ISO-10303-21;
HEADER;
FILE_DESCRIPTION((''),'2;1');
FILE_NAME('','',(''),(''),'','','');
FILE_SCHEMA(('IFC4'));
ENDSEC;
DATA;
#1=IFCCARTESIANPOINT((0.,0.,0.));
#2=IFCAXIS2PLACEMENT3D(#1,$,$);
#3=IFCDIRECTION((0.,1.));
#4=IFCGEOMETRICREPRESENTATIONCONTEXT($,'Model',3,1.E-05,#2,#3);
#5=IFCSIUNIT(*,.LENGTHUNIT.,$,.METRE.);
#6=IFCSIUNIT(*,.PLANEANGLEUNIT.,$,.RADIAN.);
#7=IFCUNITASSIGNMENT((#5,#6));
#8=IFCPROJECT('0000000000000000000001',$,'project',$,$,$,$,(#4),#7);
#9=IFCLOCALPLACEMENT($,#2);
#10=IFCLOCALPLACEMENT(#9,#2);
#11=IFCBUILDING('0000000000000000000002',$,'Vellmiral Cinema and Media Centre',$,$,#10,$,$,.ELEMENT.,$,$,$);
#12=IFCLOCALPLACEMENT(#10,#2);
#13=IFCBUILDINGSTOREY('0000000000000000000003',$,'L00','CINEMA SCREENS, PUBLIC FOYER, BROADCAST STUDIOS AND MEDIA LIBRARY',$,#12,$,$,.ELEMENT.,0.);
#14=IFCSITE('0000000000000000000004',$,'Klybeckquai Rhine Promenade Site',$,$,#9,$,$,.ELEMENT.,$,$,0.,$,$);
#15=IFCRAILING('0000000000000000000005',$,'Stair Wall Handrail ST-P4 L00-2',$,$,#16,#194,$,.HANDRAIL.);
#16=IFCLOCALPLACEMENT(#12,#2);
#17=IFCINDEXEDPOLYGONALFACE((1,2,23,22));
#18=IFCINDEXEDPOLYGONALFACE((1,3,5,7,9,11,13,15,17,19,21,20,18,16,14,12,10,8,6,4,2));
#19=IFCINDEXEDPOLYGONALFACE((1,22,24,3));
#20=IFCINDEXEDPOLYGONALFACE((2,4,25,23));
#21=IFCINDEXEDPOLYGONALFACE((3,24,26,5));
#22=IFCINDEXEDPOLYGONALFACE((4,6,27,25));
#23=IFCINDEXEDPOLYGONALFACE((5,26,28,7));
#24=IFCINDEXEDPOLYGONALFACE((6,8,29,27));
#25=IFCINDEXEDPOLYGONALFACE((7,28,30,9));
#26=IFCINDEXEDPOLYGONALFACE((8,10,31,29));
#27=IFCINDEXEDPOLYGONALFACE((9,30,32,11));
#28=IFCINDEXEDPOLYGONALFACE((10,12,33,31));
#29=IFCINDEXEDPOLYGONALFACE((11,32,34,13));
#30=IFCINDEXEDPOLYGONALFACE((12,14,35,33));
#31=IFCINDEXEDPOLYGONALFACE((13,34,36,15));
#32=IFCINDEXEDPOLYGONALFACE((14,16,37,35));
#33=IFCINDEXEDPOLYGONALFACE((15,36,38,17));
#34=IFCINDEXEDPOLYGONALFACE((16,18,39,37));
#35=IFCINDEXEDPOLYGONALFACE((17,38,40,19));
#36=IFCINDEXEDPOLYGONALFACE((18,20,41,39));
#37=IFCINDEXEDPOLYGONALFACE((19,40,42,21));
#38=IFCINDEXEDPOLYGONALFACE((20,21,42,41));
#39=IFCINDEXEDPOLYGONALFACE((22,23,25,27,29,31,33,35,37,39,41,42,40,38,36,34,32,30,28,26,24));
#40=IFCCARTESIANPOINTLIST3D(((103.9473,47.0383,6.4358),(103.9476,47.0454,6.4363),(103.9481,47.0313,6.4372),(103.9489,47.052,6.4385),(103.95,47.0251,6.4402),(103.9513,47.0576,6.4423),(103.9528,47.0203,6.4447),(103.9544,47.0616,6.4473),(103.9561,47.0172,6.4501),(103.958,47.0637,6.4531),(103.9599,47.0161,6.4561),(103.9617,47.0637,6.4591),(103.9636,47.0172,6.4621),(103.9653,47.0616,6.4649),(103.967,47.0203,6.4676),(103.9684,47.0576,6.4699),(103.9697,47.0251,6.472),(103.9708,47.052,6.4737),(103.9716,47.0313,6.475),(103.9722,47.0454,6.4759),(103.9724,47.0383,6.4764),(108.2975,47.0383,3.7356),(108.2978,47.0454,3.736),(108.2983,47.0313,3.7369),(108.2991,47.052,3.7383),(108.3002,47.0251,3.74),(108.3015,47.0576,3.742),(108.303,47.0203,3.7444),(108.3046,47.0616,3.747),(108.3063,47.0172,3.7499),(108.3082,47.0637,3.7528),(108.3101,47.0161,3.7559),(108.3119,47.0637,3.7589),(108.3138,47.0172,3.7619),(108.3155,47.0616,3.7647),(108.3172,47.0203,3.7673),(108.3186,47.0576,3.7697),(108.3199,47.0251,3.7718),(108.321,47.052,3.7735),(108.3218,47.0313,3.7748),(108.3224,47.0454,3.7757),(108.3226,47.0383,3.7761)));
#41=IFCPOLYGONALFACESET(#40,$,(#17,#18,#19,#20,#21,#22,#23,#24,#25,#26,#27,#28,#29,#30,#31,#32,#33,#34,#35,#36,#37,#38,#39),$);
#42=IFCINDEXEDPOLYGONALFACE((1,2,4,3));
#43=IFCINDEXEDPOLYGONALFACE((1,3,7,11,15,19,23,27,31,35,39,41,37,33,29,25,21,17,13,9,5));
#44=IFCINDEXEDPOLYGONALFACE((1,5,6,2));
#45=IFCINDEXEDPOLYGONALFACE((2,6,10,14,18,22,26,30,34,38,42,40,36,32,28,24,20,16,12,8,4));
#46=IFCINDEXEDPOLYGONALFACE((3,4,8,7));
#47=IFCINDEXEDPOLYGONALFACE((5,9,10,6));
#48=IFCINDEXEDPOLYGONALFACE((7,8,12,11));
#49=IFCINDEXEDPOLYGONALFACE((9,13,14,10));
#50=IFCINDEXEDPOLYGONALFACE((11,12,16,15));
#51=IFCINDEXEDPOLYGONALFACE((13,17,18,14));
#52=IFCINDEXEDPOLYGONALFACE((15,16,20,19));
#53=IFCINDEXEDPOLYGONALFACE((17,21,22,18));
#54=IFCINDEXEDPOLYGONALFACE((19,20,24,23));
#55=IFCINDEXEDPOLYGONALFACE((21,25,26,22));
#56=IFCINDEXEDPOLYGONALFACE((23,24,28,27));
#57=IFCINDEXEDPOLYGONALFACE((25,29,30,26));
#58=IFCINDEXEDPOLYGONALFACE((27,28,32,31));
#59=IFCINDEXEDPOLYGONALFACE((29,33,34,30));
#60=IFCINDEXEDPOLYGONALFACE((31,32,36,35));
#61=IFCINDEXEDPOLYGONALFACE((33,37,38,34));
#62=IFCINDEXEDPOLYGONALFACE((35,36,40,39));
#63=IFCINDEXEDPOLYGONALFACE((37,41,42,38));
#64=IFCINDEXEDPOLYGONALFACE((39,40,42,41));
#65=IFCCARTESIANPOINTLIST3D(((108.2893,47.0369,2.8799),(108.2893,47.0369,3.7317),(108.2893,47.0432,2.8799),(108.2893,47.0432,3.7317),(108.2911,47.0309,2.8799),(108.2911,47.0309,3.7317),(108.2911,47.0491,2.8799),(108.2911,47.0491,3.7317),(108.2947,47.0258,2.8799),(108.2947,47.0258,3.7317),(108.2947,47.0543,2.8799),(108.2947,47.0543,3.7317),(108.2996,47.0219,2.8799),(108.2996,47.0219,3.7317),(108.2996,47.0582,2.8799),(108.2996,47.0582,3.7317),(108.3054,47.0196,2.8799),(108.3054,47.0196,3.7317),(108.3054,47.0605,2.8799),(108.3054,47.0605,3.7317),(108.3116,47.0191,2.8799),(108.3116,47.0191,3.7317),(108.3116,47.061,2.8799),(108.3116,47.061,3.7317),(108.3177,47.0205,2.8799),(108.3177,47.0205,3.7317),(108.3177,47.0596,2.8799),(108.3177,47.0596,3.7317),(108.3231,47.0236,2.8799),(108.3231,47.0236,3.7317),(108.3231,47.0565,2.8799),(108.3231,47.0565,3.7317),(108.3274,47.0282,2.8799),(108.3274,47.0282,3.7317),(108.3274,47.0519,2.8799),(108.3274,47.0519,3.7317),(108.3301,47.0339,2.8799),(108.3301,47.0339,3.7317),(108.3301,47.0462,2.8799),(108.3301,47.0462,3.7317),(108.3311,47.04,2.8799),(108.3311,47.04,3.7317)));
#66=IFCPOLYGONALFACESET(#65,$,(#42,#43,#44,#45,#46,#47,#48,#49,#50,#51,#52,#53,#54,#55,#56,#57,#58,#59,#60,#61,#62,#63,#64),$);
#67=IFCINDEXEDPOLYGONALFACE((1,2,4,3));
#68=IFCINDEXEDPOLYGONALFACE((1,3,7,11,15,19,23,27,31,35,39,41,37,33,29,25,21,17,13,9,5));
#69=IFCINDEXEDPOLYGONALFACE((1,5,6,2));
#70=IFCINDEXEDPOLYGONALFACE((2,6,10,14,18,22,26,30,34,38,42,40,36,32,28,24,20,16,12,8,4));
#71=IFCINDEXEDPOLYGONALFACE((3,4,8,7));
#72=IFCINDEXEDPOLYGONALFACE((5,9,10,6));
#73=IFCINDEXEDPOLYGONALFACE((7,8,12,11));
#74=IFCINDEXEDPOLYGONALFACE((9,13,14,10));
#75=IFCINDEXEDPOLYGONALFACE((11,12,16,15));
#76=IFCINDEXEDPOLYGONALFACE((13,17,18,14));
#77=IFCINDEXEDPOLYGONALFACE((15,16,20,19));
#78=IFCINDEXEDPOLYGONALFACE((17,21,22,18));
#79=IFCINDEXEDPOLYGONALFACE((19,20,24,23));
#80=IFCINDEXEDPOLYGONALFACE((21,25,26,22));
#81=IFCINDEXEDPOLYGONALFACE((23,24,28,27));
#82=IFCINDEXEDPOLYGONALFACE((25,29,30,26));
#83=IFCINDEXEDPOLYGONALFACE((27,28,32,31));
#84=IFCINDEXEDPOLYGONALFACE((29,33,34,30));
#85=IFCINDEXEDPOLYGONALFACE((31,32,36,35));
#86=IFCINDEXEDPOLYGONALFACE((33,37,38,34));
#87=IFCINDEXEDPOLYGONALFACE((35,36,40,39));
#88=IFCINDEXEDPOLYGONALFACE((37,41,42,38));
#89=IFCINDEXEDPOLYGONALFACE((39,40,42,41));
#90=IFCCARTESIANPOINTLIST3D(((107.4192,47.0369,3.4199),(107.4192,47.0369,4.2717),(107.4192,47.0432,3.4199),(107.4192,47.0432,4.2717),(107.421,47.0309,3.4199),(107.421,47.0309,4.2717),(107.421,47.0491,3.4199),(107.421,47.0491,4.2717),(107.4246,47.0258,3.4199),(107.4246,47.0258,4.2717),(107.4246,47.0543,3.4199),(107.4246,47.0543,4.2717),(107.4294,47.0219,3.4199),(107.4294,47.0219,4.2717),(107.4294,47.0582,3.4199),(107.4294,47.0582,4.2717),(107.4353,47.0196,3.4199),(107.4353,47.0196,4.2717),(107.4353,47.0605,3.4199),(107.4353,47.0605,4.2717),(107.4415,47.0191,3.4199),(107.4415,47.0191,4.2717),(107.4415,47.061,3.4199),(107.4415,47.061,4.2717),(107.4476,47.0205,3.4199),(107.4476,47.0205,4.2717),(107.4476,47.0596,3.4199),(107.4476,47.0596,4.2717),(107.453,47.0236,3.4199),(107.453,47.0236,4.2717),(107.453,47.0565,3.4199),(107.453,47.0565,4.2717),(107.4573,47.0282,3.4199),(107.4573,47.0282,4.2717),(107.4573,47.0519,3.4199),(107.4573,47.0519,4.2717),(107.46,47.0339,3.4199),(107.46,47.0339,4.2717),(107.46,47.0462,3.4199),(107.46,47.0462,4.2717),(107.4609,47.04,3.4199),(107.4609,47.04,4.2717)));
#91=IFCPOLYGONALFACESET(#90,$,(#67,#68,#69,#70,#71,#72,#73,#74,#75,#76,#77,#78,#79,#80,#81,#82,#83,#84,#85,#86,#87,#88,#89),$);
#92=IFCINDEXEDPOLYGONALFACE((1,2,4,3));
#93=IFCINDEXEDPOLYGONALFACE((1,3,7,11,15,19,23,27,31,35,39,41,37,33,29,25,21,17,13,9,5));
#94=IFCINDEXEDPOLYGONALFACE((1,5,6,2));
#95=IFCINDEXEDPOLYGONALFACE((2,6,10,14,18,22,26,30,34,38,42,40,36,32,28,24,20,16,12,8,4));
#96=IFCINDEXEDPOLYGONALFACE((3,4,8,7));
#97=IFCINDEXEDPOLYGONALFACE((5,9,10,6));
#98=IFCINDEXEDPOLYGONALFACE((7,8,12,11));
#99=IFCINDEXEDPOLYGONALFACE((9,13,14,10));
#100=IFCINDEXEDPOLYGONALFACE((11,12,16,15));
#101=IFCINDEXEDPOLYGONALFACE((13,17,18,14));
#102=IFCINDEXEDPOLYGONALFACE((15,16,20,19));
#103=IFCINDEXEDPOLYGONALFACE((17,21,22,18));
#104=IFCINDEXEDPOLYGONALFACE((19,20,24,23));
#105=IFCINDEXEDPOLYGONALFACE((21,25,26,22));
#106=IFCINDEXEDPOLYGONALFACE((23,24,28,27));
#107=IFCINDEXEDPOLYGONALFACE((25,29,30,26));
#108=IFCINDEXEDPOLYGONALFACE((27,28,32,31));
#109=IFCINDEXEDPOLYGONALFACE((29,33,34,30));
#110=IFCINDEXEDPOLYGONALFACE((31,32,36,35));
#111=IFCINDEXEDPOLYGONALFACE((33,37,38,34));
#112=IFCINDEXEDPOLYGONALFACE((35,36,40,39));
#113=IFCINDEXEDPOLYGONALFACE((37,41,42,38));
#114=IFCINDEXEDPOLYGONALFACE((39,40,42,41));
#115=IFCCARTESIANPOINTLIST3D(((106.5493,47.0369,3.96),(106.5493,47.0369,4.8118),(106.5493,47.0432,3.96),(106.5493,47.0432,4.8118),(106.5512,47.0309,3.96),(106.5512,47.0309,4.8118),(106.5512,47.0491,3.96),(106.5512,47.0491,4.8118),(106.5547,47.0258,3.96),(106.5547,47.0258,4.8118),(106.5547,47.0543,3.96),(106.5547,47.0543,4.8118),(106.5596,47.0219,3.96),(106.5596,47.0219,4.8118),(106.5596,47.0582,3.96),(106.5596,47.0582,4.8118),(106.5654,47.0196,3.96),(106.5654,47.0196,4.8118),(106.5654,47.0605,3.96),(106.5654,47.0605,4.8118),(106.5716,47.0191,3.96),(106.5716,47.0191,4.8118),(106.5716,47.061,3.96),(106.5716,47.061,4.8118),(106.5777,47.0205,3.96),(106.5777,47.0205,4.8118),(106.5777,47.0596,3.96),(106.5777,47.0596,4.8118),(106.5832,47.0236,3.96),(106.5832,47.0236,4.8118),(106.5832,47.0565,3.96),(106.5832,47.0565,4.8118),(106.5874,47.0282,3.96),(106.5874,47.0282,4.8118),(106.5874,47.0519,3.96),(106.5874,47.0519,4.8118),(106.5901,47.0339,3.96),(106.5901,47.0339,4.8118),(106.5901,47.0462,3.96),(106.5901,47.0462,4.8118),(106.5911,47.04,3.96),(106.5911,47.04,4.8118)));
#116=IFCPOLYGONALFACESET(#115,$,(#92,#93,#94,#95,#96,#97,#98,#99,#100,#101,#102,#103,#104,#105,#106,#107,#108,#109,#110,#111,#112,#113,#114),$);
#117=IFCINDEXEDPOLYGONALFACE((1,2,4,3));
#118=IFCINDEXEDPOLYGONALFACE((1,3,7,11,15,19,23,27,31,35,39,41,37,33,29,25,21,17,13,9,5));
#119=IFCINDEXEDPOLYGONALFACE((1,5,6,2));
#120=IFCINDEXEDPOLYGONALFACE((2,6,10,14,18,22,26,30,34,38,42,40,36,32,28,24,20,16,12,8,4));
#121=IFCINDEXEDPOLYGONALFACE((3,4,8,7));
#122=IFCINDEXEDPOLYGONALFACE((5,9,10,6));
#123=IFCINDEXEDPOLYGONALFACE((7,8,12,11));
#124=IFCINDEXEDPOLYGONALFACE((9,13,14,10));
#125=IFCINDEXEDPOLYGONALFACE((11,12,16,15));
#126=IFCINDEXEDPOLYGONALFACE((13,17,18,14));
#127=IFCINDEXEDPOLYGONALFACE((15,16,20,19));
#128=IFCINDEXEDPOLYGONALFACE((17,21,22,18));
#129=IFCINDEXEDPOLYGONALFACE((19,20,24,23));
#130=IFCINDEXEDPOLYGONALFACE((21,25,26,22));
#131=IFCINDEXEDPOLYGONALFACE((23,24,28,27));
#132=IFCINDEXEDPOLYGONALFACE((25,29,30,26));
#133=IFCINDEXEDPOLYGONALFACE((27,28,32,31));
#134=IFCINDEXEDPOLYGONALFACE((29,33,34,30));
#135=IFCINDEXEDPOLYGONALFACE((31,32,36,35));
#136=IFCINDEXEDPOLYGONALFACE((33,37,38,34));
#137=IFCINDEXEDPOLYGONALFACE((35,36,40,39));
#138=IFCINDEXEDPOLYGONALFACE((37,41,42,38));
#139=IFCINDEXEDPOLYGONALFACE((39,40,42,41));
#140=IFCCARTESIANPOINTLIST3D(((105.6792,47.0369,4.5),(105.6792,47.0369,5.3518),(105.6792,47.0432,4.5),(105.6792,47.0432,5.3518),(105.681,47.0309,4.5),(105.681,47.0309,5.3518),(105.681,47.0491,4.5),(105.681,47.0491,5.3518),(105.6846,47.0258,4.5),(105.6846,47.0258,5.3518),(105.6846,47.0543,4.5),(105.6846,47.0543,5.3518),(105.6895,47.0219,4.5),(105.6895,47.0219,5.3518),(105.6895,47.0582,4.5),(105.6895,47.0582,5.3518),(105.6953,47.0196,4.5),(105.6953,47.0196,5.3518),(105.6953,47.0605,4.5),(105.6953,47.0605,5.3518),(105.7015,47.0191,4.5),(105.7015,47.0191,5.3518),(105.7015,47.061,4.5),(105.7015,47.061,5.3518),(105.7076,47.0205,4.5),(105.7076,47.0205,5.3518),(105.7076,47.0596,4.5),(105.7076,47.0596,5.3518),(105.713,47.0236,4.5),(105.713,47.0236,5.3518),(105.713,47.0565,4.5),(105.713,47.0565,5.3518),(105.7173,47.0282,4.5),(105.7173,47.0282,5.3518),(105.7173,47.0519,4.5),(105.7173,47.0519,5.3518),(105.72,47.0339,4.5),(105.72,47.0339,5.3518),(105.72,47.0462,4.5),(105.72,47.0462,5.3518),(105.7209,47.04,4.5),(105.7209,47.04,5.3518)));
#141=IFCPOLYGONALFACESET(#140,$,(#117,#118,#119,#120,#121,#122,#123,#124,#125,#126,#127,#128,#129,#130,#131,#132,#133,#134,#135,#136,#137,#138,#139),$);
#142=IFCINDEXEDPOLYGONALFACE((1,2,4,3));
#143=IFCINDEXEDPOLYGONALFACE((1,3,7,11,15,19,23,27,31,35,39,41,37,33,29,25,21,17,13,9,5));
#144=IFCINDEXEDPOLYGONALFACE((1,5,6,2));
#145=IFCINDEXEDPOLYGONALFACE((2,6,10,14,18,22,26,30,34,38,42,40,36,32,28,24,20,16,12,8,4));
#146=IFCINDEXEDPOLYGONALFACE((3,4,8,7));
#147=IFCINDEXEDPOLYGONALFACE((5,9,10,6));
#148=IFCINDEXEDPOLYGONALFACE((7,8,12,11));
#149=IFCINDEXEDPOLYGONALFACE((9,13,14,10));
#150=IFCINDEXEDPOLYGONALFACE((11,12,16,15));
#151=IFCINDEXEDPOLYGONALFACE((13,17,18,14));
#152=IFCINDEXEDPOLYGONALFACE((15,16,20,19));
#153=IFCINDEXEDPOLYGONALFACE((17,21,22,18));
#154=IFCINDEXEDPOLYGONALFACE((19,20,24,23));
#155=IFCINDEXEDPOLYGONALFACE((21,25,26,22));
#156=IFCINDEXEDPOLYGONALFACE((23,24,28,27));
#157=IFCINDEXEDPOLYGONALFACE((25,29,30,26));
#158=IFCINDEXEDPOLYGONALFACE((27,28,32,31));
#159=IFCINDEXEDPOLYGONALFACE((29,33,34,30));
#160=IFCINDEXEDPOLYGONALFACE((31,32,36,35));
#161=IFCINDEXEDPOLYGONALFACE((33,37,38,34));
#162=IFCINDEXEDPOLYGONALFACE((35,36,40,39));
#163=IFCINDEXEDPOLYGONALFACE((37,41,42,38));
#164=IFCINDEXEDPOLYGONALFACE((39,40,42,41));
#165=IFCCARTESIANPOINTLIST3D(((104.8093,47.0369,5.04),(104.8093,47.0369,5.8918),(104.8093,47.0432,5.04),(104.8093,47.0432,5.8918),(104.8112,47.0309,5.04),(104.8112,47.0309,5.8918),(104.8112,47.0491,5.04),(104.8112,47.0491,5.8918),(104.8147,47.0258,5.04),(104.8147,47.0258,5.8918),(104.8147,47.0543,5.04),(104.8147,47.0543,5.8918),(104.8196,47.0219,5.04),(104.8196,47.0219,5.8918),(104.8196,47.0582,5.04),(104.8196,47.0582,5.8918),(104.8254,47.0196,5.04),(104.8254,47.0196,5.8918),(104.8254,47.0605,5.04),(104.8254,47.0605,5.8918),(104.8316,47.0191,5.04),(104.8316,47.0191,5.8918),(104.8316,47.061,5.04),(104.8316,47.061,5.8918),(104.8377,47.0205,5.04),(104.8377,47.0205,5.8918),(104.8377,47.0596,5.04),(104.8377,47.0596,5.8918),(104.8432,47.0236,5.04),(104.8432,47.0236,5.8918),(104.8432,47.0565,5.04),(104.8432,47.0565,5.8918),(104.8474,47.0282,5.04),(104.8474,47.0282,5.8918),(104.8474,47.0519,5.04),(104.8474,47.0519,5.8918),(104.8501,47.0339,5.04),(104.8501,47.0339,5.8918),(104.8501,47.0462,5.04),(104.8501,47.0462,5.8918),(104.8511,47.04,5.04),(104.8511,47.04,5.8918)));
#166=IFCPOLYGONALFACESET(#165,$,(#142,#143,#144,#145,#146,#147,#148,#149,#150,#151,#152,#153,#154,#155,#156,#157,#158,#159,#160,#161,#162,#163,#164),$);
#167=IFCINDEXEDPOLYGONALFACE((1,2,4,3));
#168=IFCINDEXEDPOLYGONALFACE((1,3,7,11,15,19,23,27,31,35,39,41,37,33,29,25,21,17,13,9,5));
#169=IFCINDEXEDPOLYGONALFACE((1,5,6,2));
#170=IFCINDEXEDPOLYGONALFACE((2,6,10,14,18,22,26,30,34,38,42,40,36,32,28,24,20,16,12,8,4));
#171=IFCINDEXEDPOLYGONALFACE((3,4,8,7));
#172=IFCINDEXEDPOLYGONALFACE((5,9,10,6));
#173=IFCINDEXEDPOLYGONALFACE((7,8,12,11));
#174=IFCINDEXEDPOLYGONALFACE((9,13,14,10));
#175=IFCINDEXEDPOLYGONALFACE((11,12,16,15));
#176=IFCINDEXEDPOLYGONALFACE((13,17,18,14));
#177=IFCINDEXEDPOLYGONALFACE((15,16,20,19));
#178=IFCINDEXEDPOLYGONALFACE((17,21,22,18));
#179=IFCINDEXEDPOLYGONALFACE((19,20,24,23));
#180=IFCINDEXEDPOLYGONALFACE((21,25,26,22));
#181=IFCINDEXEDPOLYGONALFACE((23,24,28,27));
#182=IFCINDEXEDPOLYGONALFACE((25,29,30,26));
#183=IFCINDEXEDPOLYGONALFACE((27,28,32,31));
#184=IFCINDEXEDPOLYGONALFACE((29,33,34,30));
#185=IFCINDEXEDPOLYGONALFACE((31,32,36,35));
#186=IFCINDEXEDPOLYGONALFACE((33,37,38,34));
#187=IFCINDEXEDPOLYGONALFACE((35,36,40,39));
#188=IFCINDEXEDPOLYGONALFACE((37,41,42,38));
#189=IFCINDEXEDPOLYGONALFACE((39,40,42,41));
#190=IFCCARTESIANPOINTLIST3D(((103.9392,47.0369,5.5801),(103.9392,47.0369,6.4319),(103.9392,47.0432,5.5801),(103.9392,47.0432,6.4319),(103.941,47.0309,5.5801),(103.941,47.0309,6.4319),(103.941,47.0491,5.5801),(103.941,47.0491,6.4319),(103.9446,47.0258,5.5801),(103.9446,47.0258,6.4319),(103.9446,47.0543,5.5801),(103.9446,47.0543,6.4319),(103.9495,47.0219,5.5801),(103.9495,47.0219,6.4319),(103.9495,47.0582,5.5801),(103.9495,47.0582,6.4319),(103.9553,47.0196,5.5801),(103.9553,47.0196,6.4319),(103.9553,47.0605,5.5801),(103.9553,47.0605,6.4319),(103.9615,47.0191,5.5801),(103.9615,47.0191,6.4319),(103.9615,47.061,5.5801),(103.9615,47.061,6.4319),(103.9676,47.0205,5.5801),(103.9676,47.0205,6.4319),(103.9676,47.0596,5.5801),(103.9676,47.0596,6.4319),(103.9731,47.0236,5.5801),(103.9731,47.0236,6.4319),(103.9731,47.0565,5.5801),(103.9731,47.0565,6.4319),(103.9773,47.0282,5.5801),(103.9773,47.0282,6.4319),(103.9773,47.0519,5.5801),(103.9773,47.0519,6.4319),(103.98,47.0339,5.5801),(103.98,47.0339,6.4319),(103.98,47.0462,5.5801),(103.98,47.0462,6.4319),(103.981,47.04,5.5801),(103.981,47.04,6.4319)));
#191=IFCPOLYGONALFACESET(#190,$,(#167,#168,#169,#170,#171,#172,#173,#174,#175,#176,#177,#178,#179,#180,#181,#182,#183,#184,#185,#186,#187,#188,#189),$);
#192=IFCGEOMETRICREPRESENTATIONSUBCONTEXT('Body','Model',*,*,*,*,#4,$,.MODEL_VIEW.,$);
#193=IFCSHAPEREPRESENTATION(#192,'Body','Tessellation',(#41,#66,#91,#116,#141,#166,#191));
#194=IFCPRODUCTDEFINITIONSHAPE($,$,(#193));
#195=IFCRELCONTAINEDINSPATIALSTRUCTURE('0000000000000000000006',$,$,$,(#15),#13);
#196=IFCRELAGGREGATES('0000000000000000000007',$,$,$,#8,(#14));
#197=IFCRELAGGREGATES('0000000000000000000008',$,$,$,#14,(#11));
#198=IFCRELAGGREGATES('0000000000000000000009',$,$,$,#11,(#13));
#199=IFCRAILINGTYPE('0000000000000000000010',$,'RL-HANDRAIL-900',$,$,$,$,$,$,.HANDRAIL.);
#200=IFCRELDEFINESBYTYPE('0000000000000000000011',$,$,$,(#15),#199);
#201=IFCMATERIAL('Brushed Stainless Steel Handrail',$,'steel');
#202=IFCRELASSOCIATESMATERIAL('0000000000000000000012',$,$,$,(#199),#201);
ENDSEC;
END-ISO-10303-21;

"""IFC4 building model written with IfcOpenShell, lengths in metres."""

from ifc_helpers import new_model, si_unit, direction, frame, origin, origin_2d, place, context, subcontext, project, spatial, circle, extrude, material, type_object, element, save


model = new_model("IFC4")

# Units and contexts
model_context = context("Model", 3, precision=1e-05, world=origin(), true_north=direction((0.0, 1.0)))
body_context = subcontext(model_context, "Body", "Model", "MODEL_VIEW")
ifc_project = project(units=[si_unit("LENGTHUNIT", "METRE"), si_unit("PLANEANGLEUNIT", "RADIAN")], contexts=[model_context])

# Site, building, storey
site_placement = place(None, origin())
site = spatial("IfcSite", under=ifc_project, at=site_placement, Name="Klybeckquai Rhine Promenade Site", CompositionType="ELEMENT", RefElevation=0.0)
building_placement = place(site_placement, origin())
building = spatial("IfcBuilding", under=site, at=building_placement, Name="Vellmiral Cinema and Media Centre", CompositionType="ELEMENT")
storey_placement = place(building_placement, origin())
storey = spatial("IfcBuildingStorey", under=building, at=storey_placement, Name="L00", Description="CINEMA SCREENS, PUBLIC FOYER, BROADCAST STUDIOS AND MEDIA LIBRARY", CompositionType="ELEMENT", Elevation=0.0)

# Railing
ifc_material_1 = material(Name="Brushed Stainless Steel Handrail", Category="steel")
railing_type_1 = type_object("IfcRailingType", Name="RL-HANDRAIL-900", PredefinedType="HANDRAIL", material=ifc_material_1)
railing_1_placement = place(storey_placement, frame((108.3101, 47.04, 2.8799)))
element("IfcRailing", 1, at=railing_1_placement, inside=storey, type_object=railing_type_1, Name="Stair Wall Handrail ST-P4 L00-2", PredefinedType="HANDRAIL", context=body_context, shape_type="SweptSolid", body=[
    extrude(circle(Radius=0.0239, at=origin_2d()), frame((0.0, 0.0, 0.876), z_axis=(-0.849628, 0.0, 0.527382), x_axis=(0.0, -1.0, 0.0)), (0.0, 0.0, 1.0), 5.1201),
    extrude(circle(Radius=0.021, at=origin_2d()), origin(), (0.0, 0.0, 1.0), 0.8518),
    extrude(circle(Radius=0.021, at=origin_2d()), frame((-0.8701, 0.0, 0.54)), (0.0, 0.0, 1.0), 0.8518),
    extrude(circle(Radius=0.021, at=origin_2d()), frame((-1.74, 0.0, 1.0801)), (0.0, 0.0, 1.0), 0.8518),
    extrude(circle(Radius=0.021, at=origin_2d()), frame((-2.6101, 0.0, 1.6201)), (0.0, 0.0, 1.0), 0.8518),
    extrude(circle(Radius=0.021, at=origin_2d()), frame((-3.48, 0.0, 2.1602)), (0.0, 0.0, 1.0), 0.8518),
    extrude(circle(Radius=0.021, at=origin_2d()), frame((-4.3501, 0.0, 2.7002)), (0.0, 0.0, 1.0), 0.8518),
])

save(model, "model.ifc")
